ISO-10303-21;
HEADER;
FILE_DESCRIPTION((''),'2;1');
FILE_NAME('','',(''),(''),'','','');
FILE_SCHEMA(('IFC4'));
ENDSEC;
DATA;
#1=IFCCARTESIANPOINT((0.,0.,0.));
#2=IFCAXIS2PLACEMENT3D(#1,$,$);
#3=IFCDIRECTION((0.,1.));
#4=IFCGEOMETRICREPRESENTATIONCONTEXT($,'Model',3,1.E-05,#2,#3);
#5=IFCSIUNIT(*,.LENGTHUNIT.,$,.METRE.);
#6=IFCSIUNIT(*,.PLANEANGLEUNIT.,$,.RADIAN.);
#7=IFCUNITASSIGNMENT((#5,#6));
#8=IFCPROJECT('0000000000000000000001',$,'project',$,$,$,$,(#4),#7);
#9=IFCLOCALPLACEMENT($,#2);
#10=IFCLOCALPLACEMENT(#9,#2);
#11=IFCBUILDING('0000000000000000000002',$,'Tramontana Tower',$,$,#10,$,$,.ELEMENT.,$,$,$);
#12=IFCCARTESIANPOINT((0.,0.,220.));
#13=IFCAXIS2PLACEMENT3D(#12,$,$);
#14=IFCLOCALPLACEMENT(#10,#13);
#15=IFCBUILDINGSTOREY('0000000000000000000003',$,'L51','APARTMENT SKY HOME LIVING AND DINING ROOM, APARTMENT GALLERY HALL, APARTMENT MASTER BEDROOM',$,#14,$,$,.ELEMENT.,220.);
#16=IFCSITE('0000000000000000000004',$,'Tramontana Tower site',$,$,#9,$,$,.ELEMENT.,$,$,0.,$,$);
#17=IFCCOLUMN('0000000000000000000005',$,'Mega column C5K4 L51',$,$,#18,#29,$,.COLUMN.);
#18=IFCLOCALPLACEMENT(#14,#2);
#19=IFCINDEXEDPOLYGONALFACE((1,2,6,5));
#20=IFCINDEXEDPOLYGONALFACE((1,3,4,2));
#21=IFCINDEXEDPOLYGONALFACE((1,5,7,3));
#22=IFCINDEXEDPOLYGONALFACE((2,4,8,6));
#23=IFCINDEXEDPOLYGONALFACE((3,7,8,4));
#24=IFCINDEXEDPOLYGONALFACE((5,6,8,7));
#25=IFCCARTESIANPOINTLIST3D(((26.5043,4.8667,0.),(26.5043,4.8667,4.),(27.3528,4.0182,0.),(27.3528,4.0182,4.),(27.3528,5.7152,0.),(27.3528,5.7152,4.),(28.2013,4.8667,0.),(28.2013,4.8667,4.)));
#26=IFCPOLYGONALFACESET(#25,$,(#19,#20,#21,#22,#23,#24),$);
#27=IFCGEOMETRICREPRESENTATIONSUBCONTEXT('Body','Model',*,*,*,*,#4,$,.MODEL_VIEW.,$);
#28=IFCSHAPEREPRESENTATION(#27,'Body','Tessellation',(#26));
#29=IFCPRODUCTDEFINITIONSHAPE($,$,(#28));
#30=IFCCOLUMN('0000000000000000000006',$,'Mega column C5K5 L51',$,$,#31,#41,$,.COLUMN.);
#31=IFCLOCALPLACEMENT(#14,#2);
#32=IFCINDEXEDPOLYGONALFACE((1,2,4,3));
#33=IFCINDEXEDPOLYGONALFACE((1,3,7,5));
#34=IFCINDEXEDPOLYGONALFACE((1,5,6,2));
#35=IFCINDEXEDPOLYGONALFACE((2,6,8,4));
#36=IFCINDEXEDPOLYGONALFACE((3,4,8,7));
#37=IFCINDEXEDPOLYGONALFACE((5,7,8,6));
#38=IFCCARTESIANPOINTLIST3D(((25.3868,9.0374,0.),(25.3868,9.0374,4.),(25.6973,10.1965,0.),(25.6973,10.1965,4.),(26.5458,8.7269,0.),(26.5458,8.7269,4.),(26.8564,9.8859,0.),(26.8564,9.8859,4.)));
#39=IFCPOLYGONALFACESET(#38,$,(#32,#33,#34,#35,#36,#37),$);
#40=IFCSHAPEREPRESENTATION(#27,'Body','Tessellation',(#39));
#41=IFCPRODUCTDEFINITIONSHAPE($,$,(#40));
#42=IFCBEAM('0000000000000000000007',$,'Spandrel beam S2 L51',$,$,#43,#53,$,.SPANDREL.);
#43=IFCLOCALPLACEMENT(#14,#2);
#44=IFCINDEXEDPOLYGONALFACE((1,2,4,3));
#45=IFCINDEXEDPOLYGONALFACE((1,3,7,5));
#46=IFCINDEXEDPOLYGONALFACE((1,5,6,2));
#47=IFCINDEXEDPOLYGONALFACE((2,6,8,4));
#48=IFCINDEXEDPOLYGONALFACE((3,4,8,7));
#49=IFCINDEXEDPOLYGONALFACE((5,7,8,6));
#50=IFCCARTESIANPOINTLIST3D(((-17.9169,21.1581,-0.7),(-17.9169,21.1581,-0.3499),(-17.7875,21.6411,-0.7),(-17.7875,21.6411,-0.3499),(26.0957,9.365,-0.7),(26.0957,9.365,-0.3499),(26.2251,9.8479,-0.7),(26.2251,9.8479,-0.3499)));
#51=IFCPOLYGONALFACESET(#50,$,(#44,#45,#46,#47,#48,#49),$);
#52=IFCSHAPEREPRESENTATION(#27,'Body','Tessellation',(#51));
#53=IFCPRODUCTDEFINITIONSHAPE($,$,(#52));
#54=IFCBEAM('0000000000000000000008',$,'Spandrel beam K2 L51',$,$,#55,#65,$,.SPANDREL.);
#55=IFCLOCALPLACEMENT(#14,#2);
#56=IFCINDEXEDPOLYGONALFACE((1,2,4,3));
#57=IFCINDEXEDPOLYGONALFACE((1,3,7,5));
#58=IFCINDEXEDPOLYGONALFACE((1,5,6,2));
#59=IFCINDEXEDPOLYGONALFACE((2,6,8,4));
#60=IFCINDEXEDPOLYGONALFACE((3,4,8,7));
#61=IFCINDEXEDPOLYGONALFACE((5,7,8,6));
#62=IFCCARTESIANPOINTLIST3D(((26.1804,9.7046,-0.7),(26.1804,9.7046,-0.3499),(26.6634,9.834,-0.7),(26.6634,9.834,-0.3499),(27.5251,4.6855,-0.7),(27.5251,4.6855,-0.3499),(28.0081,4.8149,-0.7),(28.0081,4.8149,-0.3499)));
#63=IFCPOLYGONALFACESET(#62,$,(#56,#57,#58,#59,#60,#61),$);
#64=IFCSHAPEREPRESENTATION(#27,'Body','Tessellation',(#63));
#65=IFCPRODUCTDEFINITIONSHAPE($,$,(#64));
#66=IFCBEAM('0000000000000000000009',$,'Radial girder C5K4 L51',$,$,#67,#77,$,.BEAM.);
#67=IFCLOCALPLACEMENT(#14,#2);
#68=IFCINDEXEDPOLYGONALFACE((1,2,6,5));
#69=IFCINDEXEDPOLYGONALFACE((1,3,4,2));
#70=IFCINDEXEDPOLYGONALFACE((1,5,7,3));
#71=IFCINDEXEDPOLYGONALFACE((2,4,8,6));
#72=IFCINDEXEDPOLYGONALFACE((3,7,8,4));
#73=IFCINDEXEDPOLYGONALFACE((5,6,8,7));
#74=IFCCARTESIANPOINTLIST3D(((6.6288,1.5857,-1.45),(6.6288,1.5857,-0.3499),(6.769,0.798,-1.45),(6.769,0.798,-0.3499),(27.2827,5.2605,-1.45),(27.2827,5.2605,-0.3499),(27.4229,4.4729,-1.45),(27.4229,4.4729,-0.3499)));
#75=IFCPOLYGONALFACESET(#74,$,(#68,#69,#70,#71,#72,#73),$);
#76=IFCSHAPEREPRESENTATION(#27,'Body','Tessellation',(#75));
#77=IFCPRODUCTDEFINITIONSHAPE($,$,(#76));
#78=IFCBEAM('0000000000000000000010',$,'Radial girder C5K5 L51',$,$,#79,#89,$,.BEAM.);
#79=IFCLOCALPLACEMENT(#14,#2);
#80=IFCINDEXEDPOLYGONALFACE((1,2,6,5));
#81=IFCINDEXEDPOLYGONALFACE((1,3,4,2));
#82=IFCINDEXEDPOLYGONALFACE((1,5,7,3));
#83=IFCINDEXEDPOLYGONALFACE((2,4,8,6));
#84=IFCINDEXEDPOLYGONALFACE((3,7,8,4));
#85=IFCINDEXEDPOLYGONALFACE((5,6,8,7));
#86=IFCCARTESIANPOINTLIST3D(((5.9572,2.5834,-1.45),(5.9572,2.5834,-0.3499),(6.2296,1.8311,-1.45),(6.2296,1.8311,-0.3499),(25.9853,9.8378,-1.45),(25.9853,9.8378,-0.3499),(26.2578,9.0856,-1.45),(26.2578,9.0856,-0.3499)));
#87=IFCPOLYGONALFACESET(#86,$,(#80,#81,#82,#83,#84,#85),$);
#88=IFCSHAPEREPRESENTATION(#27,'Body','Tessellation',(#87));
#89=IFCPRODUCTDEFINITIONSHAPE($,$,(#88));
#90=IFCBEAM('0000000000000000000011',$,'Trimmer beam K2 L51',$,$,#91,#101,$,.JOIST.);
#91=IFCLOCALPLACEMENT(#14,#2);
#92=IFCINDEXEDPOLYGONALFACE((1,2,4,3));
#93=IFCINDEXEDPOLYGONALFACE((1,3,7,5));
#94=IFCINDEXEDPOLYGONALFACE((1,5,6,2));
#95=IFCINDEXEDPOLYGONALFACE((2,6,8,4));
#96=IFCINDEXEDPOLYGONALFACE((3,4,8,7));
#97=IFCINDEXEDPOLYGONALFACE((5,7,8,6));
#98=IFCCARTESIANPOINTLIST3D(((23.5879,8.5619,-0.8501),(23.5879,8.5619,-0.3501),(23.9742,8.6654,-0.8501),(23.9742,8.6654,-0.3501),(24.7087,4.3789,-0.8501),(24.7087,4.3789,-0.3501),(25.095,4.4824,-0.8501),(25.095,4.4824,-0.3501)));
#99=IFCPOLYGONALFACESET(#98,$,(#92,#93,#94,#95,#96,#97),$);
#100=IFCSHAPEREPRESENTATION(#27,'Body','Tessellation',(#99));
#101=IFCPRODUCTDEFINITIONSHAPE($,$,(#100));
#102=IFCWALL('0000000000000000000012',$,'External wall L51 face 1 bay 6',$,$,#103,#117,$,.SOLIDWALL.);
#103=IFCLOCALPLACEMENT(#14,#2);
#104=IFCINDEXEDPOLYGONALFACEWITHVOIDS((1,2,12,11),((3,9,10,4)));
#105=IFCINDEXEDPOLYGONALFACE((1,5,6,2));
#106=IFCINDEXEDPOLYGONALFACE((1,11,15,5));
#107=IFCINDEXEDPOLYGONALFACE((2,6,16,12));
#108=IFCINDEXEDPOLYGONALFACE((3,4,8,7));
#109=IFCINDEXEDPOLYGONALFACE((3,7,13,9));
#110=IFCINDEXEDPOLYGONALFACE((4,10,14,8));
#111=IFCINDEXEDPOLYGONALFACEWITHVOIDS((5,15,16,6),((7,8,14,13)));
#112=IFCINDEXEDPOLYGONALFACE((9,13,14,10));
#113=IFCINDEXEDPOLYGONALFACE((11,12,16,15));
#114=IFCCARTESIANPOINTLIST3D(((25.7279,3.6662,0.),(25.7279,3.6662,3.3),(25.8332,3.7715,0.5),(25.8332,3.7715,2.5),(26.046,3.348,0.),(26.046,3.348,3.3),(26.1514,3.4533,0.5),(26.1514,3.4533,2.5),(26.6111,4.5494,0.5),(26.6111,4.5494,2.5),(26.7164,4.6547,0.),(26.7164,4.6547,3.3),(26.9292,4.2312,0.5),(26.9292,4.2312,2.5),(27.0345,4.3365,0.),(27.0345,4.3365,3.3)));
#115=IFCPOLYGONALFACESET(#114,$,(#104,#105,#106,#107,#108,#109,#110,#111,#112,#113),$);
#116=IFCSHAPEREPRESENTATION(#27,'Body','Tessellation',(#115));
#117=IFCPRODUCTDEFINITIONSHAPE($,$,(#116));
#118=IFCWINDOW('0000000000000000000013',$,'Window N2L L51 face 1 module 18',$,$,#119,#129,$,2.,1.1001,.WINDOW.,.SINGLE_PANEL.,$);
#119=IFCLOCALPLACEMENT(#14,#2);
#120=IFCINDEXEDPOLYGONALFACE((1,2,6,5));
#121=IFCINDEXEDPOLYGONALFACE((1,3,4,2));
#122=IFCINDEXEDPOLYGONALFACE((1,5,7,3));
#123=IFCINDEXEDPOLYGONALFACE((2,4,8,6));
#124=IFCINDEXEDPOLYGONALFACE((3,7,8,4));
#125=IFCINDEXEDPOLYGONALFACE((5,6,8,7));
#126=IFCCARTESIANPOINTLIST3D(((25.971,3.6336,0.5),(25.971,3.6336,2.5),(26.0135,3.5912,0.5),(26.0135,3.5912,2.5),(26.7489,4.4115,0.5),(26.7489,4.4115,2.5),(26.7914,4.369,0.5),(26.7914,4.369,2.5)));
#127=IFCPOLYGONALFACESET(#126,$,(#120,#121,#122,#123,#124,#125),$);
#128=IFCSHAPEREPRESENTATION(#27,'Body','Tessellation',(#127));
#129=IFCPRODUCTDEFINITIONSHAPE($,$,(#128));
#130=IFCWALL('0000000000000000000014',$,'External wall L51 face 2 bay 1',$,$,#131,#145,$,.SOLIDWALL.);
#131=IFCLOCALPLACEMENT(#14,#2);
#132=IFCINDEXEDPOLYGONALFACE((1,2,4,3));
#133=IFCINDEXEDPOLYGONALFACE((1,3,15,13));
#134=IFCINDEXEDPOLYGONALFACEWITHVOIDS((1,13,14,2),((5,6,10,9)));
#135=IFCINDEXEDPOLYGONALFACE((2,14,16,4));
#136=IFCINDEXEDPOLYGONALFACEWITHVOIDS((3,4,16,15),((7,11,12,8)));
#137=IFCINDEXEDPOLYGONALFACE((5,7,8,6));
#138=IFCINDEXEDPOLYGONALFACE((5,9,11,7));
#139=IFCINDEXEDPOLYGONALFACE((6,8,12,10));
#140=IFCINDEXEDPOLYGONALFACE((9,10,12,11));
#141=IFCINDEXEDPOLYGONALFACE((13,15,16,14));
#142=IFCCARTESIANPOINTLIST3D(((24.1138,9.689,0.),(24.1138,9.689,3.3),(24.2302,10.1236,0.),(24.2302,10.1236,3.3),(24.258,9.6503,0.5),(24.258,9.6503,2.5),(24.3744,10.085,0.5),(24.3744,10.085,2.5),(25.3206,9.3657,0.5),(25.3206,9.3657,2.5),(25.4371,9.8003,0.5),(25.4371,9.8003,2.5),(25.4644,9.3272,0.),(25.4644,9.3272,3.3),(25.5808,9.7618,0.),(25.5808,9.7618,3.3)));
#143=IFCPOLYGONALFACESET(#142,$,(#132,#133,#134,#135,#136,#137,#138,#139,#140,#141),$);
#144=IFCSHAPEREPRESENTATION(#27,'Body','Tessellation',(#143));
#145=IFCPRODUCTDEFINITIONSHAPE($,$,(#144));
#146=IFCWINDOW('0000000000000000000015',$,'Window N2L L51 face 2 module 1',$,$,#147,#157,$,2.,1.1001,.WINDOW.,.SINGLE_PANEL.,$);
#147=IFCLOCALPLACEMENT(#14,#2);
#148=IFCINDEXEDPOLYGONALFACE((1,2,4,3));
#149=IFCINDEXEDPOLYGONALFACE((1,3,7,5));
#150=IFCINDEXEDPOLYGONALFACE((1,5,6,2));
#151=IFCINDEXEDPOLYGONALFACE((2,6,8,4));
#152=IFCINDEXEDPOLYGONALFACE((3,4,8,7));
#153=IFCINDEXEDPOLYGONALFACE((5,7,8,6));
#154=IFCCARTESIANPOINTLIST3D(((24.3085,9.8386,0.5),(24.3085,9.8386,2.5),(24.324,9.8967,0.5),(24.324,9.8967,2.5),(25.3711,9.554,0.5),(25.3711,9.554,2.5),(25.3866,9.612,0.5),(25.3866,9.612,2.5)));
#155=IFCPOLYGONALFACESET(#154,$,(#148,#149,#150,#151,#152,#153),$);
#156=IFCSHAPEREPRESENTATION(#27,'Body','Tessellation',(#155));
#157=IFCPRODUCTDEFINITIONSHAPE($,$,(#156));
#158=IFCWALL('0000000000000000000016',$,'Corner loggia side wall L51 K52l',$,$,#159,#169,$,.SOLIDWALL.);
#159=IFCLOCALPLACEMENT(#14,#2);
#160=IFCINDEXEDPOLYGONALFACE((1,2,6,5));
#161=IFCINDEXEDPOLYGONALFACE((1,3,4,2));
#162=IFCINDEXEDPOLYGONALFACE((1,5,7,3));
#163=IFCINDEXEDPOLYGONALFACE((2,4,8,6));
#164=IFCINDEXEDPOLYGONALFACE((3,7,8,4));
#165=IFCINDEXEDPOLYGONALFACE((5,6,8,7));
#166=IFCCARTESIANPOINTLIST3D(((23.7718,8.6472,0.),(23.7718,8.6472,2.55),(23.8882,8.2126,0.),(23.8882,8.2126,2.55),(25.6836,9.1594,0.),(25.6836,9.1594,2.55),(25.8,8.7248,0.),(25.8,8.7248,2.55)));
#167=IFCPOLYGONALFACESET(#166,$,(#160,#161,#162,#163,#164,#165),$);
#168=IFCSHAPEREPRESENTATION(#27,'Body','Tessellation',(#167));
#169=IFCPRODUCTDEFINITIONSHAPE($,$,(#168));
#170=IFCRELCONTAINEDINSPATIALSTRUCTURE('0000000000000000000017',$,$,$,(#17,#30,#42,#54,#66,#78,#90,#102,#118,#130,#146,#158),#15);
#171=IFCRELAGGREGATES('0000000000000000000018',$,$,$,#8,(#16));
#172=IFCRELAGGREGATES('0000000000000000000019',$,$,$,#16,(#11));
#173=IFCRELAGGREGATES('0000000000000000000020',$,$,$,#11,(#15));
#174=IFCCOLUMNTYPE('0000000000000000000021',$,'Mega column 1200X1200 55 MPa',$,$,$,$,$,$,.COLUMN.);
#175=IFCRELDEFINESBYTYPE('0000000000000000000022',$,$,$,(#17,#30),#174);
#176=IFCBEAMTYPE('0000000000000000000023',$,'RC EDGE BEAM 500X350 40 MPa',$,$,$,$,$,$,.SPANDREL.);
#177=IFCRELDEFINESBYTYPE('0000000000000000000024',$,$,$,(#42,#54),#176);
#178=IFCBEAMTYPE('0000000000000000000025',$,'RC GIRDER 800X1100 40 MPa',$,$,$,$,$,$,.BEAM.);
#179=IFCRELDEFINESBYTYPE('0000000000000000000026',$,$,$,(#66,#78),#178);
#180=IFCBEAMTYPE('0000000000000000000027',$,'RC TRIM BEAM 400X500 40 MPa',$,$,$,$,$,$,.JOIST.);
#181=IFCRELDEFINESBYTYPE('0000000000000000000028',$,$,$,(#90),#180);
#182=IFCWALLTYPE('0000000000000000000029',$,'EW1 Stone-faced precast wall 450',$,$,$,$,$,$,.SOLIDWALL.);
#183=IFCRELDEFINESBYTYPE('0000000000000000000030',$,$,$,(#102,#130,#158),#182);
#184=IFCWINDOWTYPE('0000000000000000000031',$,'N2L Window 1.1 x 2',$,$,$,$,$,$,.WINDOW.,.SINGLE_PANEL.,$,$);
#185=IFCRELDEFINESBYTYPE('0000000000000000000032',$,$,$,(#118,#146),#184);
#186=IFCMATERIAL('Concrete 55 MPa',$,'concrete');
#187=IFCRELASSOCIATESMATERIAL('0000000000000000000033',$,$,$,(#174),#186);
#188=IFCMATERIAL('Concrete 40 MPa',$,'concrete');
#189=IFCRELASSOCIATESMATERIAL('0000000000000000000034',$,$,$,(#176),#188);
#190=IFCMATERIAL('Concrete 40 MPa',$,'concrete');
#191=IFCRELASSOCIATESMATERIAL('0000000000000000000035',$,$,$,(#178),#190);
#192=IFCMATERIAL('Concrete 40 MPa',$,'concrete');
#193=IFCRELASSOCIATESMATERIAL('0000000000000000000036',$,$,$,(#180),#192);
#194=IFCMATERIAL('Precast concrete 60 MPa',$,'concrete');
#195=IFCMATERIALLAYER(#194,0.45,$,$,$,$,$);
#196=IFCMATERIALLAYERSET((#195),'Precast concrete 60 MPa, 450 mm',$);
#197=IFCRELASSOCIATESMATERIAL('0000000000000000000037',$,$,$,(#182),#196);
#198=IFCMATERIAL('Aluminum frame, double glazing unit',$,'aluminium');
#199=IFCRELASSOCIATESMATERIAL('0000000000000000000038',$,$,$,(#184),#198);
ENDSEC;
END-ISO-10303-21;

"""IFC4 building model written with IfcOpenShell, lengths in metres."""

from ifc_helpers import new_model, si_unit, direction, frame, frame_2d, origin, origin_2d, place, context, subcontext, project, spatial, rectangle, extrude, material, layer, layer_set, material_profile, profile_set, type_object, element, fill, save


model = new_model("IFC4")

# Units and contexts
model_context = context("Model", 3, precision=1e-05, world=origin(), true_north=direction((0.0, 1.0)))
body_context = subcontext(model_context, "Body", "Model", "MODEL_VIEW")
ifc_project = project(units=[si_unit("LENGTHUNIT", "METRE"), si_unit("PLANEANGLEUNIT", "RADIAN")], contexts=[model_context])

# Site, building, storey
site_placement = place(None, origin())
site = spatial("IfcSite", under=ifc_project, at=site_placement, Name="Tramontana Tower site", CompositionType="ELEMENT", RefElevation=0.0)
building_placement = place(site_placement, origin())
building = spatial("IfcBuilding", under=site, at=building_placement, Name="Tramontana Tower", CompositionType="ELEMENT")
storey_placement = place(building_placement, frame((0.0, 0.0, 220.0)))
storey = spatial("IfcBuildingStorey", under=building, at=storey_placement, Name="L51", Description="APARTMENT SKY HOME LIVING AND DINING ROOM, APARTMENT GALLERY HALL, APARTMENT MASTER BEDROOM", CompositionType="ELEMENT", Elevation=220.0)

# Columns
ifc_material_1 = material(Name="Concrete 55 MPa", Category="concrete")
ifc_material_profile_1 = material_profile(ifc_material_1, rectangle(XDim=1.2, YDim=1.2, at=origin_2d()), Name="Mega column 1200X1200 55 MPa")
ifc_profile_set_1 = profile_set([ifc_material_profile_1], Name="Concrete 55 MPa")
column_type = type_object("IfcColumnType", Name="Mega column 1200X1200 55 MPa", PredefinedType="COLUMN", material=ifc_profile_set_1)
for number, where, z_axis, x_axis, name in (
    (1, (27.3528, 4.8667, 0.0), (0.0, 0.0, 1.0), (0.707107, 0.707107, 0.0), "Mega column C5K4 L51"),
    (2, (26.1216, 9.4617, 0.0), (0.0, 0.0, 1.0), (-0.965926, 0.258819, 0.0), "Mega column C5K5 L51"),
):
    element("IfcColumn", number, at=place(storey_placement, frame(where, z_axis=z_axis, x_axis=x_axis)), inside=storey, type_object=column_type, Name=name, PredefinedType="COLUMN", context=body_context, shape_type="SweptSolid", body=[
        extrude(rectangle(XDim=1.2, YDim=1.2, at=origin_2d()), origin(), (0.0, 0.0, 1.0), 4.0),
    ])

# Beams
ifc_material_2 = material(Name="Concrete 40 MPa", Category="concrete")
ifc_material_profile_2 = material_profile(ifc_material_2, rectangle(XDim=0.5, YDim=0.3501, at=origin_2d()), Name="RC EDGE BEAM 500X350 40 MPa")
ifc_profile_set_2 = profile_set([ifc_material_profile_2], Name="Concrete 40 MPa")
beam_type_1 = type_object("IfcBeamType", Name="RC EDGE BEAM 500X350 40 MPa", PredefinedType="SPANDREL", material=ifc_profile_set_2)
beam_1_placement = place(storey_placement, frame((26.1604, 9.6064, -0.5249), z_axis=(-0.965926, 0.25882, 0.0), x_axis=(-0.25882, -0.965926, 0.0)))
element("IfcBeam", 3, at=beam_1_placement, inside=storey, type_object=beam_type_1, Name="Spandrel beam S2 L51", PredefinedType="SPANDREL", context=body_context, shape_type="SweptSolid", body=[
    extrude(rectangle(XDim=0.5, YDim=0.3501, at=origin_2d()), origin(), (0.0, 0.0, 1.0), 45.5652),
])
beam_2_placement = place(storey_placement, frame((27.7666, 4.7502, -0.5249), z_axis=(-0.258797, 0.965932, 0.0), x_axis=(-0.965932, -0.258797, 0.0)))
element("IfcBeam", 4, at=beam_2_placement, inside=storey, type_object=beam_type_1, Name="Spandrel beam K2 L51", PredefinedType="SPANDREL", context=body_context, shape_type="SweptSolid", body=[
    extrude(rectangle(XDim=0.5, YDim=0.3501, at=origin_2d()), origin(), (0.0, 0.0, 1.0), 5.196),
])
ifc_material_3 = material(Name="Concrete 40 MPa", Category="concrete")
ifc_material_profile_3 = material_profile(ifc_material_3, rectangle(XDim=0.8, YDim=1.1001, at=origin_2d()), Name="RC GIRDER 800X1100 40 MPa")
ifc_profile_set_3 = profile_set([ifc_material_profile_3], Name="Concrete 40 MPa")
beam_type_2 = type_object("IfcBeamType", Name="RC GIRDER 800X1100 40 MPa", PredefinedType="BEAM", material=ifc_profile_set_3)
beam_3_placement = place(storey_placement, frame((27.3528, 4.8667, -0.8999), z_axis=(-0.984538, -0.175173, 0.0), x_axis=(0.175173, -0.984538, 0.0)))
element("IfcBeam", 5, at=beam_3_placement, inside=storey, type_object=beam_type_2, Name="Radial girder C5K4 L51", PredefinedType="BEAM", context=body_context, shape_type="SweptSolid", body=[
    extrude(rectangle(XDim=0.8, YDim=1.1001, at=origin_2d()), origin(), (0.0, 0.0, 1.0), 20.9783),
])
beam_4_placement = place(storey_placement, frame((26.1216, 9.4617, -0.8999), z_axis=(-0.940223, -0.340559, 0.0), x_axis=(0.340559, -0.940223, 0.0)))
element("IfcBeam", 6, at=beam_4_placement, inside=storey, type_object=beam_type_2, Name="Radial girder C5K5 L51", PredefinedType="BEAM", context=body_context, shape_type="SweptSolid", body=[
    extrude(rectangle(XDim=0.8, YDim=1.1001, at=origin_2d()), origin(), (0.0, 0.0, 1.0), 21.3015),
])
ifc_material_4 = material(Name="Concrete 40 MPa", Category="concrete")
ifc_material_profile_4 = material_profile(ifc_material_4, rectangle(XDim=0.3999, YDim=0.5, at=origin_2d()), Name="RC TRIM BEAM 400X500 40 MPa")
ifc_profile_set_4 = profile_set([ifc_material_profile_4], Name="Concrete 40 MPa")
beam_type_3 = type_object("IfcBeamType", Name="RC TRIM BEAM 400X500 40 MPa", PredefinedType="JOIST", material=ifc_profile_set_4)
beam_5_placement = place(storey_placement, frame((24.9019, 4.4307, -0.6001), z_axis=(-0.258817, 0.965926, 0.0), x_axis=(-0.965926, -0.258817, 0.0)))
element("IfcBeam", 7, at=beam_5_placement, inside=storey, type_object=beam_type_3, Name="Trimmer beam K2 L51", PredefinedType="JOIST", context=body_context, shape_type="SweptSolid", body=[
    extrude(rectangle(XDim=0.3999, YDim=0.5, at=origin_2d()), origin(), (0.0, 0.0, 1.0), 4.3306),
])

# Walls, openings, windows
ifc_material_5 = material(Name="Precast concrete 60 MPa", Category="concrete")
ifc_layer_1 = layer(ifc_material_5, 0.45)
ifc_layer_set_1 = layer_set([ifc_layer_1], Name="Precast concrete 60 MPa, 450 mm")
wall_type_1 = type_object("IfcWallType", Name="EW1 Stone-faced precast wall 450", PredefinedType="SOLIDWALL", material=ifc_layer_set_1)
wall_1_placement = place(storey_placement, frame((25.887, 3.5071, 0.0), z_axis=(0.0, 0.0, 1.0), x_axis=(0.707107, 0.707107, 0.0)))
wall_1 = element("IfcWall", 8, at=wall_1_placement, inside=storey, type_object=wall_type_1, Name="External wall L51 face 1 bay 6", PredefinedType="SOLIDWALL", context=body_context, shape_type="SweptSolid", body=[
    extrude(rectangle(XDim=1.3979, YDim=0.45, at=frame_2d((0.699, 0.0))), origin(), (0.0, 0.0, 1.0), 3.3),
])
opening_1_placement = place(wall_1_placement, frame((0.1489, 0.0, 0.5)))
opening_1 = element("IfcOpeningElement", 9, at=opening_1_placement, cuts=wall_1, PredefinedType="OPENING", context=body_context, shape_type="SweptSolid", body=[
    extrude(rectangle(XDim=1.1001, YDim=2.0, at=frame_2d((0.55, 1.0))), frame((0.0, 0.2349, 0.0), z_axis=(0.0, -1.0, 0.0), x_axis=(1.0, 0.0, 0.0)), (0.0, 0.0, 1.0), 0.47),
])
ifc_material_6 = material(Name="Aluminum frame, double glazing unit", Category="aluminium")
window_type = type_object("IfcWindowType", Name="N2L Window 1.1 x 2", PartitioningType="SINGLE_PANEL", PredefinedType="WINDOW", material=ifc_material_6)
window_1_placement = place(opening_1_placement, origin())
window_1 = element("IfcWindow", 10, at=window_1_placement, inside=storey, type_object=window_type, Name="Window N2L L51 face 1 module 18", OverallHeight=2.0, OverallWidth=1.1001, PartitioningType="SINGLE_PANEL", PredefinedType="WINDOW", context=body_context, shape_type="SweptSolid", body=[
    extrude(rectangle(XDim=1.1001, YDim=2.0, at=frame_2d((0.55, 1.0))), frame((0.0, 0.03, 0.0), z_axis=(0.0, -1.0, 0.0), x_axis=(1.0, 0.0, 0.0)), (0.0, 0.0, 1.0), 0.0601),
])
fill(opening_1, window_1)
wall_2_placement = place(storey_placement, frame((25.5227, 9.5444, 0.0), z_axis=(0.0, 0.0, 1.0), x_axis=(-0.965939, 0.258771, 0.0)))
wall_2 = element("IfcWall", 11, at=wall_2_placement, inside=storey, type_object=wall_type_1, Name="External wall L51 face 2 bay 1", PredefinedType="SOLIDWALL", context=body_context, shape_type="SweptSolid", body=[
    extrude(rectangle(XDim=1.3982, YDim=0.45, at=frame_2d((0.6992, 0.0))), origin(), (0.0, 0.0, 1.0), 3.3),
])
opening_2_placement = place(wall_2_placement, frame((0.1489, 0.0, 0.5)))
opening_2 = element("IfcOpeningElement", 12, at=opening_2_placement, cuts=wall_2, PredefinedType="OPENING", context=body_context, shape_type="SweptSolid", body=[
    extrude(rectangle(XDim=1.1001, YDim=2.0, at=frame_2d((0.55, 1.0))), frame((0.0, 0.2349, 0.0), z_axis=(0.0, -1.0, 0.0), x_axis=(1.0, 0.0, 0.0)), (0.0, 0.0, 1.0), 0.47),
])
window_2_placement = place(opening_2_placement, origin())
window_2 = element("IfcWindow", 13, at=window_2_placement, inside=storey, type_object=window_type, Name="Window N2L L51 face 2 module 1", OverallHeight=2.0, OverallWidth=1.1001, PartitioningType="SINGLE_PANEL", PredefinedType="WINDOW", context=body_context, shape_type="SweptSolid", body=[
    extrude(rectangle(XDim=1.1001, YDim=2.0, at=frame_2d((0.55, 1.0))), frame((0.0, 0.03, 0.0), z_axis=(0.0, -1.0, 0.0), x_axis=(1.0, 0.0, 0.0)), (0.0, 0.0, 1.0), 0.0601),
])
fill(opening_2, window_2)

# Wall
wall_3_placement = place(storey_placement, frame((25.7419, 8.9421, 0.0), z_axis=(0.0, 0.0, 1.0), x_axis=(-0.965935, -0.258783, 0.0)))
element("IfcWall", 14, at=wall_3_placement, inside=storey, type_object=wall_type_1, Name="Corner loggia side wall L51 K52l", PredefinedType="SOLIDWALL", context=body_context, shape_type="SweptSolid", body=[
    extrude(rectangle(XDim=1.9792, YDim=0.45, at=frame_2d((0.9897, 0.0))), origin(), (0.0, 0.0, 1.0), 2.55),
])

save(model, "model.ifc")
